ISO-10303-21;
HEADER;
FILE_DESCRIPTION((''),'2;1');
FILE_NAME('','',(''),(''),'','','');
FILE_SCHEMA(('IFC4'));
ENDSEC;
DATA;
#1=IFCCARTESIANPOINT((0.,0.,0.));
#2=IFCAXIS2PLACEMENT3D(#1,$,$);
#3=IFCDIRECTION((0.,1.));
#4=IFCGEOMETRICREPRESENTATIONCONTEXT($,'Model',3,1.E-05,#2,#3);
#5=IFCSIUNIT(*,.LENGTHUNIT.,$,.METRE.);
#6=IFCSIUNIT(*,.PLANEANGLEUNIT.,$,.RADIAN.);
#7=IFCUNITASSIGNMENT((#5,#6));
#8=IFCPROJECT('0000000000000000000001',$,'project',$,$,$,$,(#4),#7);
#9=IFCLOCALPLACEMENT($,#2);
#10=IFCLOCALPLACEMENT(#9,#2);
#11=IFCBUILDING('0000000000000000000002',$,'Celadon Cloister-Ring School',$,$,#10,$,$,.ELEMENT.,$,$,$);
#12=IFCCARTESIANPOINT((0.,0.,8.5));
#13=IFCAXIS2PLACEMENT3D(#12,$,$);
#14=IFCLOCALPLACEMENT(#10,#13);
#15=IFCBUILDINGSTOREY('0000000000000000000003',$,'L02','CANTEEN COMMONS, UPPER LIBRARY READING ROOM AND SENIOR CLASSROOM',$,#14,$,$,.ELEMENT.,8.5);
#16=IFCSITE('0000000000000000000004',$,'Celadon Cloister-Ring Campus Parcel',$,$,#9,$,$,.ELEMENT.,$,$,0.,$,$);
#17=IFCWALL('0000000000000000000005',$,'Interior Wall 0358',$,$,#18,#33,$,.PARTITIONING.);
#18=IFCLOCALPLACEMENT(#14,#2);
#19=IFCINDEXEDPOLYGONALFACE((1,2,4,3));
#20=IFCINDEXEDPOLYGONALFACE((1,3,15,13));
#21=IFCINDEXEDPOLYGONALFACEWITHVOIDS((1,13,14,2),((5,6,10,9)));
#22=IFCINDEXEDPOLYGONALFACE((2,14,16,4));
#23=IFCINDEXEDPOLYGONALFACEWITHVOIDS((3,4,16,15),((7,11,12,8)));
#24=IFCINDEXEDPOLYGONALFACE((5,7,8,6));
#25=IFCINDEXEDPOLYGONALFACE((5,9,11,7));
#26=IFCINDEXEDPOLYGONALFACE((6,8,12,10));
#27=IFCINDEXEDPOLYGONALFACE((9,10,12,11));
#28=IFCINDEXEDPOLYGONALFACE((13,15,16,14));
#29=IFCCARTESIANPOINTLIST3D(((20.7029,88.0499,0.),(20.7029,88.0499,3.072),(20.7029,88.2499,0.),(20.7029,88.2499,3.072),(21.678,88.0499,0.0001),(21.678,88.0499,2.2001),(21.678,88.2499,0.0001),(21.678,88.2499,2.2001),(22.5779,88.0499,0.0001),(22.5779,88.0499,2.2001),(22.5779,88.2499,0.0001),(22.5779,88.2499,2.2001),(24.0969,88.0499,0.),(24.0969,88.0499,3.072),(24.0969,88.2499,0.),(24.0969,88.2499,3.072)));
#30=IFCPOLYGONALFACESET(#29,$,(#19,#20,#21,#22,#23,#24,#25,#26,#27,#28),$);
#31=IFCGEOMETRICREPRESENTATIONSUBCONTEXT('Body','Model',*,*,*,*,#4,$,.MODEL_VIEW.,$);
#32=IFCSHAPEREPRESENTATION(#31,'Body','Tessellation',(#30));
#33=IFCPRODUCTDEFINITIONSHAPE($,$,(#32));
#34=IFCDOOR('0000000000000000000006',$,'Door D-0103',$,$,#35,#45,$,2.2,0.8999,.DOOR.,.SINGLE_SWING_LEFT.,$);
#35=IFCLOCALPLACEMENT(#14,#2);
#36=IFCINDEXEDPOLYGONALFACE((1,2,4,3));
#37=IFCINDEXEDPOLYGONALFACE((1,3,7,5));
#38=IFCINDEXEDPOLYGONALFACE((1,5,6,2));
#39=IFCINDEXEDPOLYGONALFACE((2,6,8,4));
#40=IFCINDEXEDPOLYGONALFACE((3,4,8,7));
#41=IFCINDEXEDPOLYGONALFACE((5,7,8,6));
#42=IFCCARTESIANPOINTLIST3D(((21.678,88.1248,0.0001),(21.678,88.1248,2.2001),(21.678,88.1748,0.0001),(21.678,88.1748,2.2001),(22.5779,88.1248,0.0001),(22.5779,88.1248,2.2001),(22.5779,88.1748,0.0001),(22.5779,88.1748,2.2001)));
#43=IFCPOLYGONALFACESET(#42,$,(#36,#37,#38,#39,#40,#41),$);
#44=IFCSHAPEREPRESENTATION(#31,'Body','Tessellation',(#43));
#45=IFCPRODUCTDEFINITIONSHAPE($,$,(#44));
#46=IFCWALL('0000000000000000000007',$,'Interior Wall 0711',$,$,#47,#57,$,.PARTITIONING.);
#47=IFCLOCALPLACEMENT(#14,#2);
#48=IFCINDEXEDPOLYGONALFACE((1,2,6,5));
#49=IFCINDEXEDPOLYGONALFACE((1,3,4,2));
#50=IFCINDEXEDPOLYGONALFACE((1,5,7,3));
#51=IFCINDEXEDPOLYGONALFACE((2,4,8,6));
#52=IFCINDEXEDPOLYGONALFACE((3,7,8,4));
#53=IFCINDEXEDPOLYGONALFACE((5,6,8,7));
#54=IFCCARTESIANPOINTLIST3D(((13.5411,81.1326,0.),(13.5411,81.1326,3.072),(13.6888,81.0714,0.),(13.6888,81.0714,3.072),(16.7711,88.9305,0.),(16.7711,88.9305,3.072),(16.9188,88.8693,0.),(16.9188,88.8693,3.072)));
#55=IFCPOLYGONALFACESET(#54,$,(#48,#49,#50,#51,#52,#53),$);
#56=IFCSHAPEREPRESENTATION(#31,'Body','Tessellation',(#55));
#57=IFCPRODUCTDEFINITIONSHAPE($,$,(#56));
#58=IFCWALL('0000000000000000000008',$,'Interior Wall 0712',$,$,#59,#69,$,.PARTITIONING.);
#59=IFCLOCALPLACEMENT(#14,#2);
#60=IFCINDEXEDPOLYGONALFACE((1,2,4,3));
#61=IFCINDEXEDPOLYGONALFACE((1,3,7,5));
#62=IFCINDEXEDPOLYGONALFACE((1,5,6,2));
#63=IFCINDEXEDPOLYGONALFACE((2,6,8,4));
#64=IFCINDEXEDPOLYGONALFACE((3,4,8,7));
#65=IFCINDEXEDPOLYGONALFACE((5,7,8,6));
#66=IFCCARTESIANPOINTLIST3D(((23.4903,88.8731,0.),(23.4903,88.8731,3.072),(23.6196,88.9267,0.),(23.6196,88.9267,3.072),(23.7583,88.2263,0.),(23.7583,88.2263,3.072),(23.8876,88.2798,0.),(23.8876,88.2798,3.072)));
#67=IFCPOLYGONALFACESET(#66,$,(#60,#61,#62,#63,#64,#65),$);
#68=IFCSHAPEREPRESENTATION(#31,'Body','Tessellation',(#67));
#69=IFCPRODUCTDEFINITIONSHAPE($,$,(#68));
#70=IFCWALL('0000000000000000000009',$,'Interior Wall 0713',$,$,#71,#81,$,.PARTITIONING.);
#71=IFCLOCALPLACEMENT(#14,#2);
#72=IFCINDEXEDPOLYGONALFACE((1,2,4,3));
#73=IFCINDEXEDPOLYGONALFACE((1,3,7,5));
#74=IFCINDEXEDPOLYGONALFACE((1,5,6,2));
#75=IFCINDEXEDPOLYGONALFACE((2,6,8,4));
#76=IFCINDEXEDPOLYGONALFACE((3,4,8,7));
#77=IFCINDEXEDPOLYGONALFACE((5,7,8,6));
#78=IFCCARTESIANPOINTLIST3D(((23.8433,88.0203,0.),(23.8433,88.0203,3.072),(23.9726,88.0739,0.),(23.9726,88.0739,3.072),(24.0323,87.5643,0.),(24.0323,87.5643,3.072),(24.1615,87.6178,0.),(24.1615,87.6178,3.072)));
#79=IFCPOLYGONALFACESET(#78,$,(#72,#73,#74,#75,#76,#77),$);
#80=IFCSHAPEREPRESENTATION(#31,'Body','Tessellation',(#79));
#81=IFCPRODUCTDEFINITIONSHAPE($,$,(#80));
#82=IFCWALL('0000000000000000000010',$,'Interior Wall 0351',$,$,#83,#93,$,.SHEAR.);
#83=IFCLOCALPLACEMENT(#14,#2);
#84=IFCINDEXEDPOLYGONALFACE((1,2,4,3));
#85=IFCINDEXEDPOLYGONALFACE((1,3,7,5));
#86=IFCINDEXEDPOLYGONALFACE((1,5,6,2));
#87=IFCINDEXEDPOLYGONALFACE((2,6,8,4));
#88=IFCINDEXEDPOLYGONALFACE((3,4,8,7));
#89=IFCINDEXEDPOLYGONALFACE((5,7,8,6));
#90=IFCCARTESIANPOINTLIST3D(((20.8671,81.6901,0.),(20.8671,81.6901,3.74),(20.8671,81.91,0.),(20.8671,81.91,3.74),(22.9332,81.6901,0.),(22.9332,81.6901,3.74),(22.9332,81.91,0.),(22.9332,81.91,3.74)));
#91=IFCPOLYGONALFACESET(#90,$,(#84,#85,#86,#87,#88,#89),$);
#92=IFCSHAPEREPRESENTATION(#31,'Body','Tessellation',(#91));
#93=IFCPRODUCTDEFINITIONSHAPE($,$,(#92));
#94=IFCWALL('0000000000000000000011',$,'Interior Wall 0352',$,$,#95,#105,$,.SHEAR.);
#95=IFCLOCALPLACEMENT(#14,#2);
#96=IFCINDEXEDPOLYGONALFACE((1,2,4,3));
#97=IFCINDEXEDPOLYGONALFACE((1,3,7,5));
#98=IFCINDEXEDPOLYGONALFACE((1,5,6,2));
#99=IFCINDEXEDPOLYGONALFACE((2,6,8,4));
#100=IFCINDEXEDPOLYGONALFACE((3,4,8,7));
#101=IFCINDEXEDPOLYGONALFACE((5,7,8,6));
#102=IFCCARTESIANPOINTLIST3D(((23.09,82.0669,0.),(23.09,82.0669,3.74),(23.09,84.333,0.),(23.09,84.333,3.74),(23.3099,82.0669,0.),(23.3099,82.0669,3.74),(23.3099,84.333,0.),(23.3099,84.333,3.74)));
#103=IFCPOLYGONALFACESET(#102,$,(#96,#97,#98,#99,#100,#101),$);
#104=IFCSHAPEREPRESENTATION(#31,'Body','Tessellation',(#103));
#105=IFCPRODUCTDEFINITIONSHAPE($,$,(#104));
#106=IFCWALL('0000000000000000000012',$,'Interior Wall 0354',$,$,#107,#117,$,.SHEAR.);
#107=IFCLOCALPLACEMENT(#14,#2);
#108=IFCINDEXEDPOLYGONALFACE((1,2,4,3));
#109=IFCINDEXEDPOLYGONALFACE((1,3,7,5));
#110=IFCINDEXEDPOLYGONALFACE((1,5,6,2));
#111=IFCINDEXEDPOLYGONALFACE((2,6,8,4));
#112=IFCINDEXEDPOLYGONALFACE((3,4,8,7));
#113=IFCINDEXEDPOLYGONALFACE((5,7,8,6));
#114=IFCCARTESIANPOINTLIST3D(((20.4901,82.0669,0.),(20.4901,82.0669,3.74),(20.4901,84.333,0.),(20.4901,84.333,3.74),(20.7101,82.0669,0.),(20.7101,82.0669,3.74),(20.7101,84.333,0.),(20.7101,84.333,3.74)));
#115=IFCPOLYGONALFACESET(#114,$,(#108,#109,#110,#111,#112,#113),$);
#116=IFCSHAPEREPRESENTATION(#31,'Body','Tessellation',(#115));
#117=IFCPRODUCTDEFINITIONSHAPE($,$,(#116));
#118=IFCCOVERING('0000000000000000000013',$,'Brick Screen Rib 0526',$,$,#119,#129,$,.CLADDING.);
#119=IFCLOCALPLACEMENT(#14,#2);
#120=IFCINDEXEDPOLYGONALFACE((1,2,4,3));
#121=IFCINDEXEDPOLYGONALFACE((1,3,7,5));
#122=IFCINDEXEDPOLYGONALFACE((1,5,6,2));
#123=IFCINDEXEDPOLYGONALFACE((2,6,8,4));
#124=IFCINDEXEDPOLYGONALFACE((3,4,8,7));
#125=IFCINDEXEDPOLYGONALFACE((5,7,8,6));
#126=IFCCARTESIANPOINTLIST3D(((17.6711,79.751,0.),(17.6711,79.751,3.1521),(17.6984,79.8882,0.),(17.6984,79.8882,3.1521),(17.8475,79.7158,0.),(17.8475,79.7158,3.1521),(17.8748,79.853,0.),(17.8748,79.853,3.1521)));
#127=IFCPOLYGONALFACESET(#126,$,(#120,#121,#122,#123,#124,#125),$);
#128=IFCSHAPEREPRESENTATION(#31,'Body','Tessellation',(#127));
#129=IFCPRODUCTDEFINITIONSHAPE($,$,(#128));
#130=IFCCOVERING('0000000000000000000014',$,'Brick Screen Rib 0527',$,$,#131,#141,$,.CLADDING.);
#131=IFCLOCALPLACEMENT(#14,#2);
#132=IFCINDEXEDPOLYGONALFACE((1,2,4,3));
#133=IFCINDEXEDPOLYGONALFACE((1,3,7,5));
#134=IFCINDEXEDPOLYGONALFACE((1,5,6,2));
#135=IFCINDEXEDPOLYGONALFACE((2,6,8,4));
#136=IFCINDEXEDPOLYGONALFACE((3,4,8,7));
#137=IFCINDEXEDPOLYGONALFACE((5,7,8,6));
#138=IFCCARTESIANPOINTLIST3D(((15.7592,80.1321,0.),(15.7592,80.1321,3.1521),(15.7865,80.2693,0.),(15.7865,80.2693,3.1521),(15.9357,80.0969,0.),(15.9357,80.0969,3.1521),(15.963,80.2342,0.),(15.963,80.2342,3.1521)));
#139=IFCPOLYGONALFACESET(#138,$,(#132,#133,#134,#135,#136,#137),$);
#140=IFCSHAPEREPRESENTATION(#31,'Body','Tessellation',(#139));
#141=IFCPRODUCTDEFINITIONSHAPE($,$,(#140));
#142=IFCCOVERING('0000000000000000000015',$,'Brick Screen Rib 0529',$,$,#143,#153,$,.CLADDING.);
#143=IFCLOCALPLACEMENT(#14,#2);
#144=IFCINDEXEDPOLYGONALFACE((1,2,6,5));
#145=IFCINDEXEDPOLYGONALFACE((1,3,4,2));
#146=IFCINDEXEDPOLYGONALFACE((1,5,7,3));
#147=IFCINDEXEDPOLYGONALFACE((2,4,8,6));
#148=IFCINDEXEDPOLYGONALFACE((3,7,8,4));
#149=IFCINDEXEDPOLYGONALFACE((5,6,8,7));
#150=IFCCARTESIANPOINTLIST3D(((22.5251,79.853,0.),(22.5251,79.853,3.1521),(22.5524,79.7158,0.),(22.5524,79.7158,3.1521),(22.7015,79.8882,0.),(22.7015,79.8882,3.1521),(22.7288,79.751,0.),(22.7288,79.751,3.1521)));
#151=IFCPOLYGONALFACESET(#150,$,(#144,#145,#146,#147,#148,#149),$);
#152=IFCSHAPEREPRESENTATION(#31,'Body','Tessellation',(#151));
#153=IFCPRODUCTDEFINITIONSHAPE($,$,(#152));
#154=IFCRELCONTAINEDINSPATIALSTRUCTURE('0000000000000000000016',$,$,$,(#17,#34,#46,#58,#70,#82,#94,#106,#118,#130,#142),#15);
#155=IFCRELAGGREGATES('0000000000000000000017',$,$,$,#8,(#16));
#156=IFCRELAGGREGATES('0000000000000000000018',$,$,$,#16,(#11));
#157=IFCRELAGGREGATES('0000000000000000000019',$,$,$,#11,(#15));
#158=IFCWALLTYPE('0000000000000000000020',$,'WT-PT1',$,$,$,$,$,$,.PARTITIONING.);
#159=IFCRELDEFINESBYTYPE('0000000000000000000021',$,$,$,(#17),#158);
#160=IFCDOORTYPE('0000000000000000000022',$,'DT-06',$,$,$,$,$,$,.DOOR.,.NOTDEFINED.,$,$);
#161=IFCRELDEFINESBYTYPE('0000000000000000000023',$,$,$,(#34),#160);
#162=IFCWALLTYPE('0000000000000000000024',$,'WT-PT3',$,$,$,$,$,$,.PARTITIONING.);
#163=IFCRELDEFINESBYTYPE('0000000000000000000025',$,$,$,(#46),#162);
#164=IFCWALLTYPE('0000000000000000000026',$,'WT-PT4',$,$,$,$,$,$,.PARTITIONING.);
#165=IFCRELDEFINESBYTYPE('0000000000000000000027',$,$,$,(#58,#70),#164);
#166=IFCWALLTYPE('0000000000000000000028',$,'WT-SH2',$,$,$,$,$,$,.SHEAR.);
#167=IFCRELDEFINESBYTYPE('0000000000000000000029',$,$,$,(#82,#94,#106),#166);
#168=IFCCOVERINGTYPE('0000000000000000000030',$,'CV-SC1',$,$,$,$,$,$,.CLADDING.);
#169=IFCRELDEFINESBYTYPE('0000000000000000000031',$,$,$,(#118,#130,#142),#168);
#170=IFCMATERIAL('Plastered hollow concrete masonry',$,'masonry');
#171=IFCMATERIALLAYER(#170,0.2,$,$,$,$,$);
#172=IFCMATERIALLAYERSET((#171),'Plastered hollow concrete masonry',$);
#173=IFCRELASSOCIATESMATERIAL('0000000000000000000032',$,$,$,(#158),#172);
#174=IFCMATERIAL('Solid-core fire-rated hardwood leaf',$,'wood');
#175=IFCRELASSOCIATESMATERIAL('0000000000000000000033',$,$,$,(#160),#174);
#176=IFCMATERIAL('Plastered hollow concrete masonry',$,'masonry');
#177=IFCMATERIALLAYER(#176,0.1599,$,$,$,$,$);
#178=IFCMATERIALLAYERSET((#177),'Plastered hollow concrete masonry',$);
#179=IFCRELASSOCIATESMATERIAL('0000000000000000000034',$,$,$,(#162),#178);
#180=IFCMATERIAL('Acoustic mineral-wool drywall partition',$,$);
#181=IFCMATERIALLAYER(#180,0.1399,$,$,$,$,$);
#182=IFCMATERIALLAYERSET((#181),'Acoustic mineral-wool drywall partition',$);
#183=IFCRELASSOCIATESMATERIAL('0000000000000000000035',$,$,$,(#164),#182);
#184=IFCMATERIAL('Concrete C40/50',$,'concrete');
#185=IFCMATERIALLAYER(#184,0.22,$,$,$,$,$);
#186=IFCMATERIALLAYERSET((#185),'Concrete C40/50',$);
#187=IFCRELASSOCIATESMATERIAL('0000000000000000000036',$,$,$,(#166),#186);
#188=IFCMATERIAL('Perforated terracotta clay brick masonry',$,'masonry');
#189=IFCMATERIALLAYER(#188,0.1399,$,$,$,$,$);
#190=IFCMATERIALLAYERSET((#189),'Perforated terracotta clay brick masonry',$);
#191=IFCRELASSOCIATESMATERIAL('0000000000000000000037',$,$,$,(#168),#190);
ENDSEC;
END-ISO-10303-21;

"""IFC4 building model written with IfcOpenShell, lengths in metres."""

from ifc_helpers import new_model, si_unit, direction, frame, frame_2d, origin, origin_2d, place, context, subcontext, project, spatial, rectangle, extrude, material, layer, layer_set, type_object, element, fill, save


model = new_model("IFC4")

# Units and contexts
model_context = context("Model", 3, precision=1e-05, world=origin(), true_north=direction((0.0, 1.0)))
body_context = subcontext(model_context, "Body", "Model", "MODEL_VIEW")
ifc_project = project(units=[si_unit("LENGTHUNIT", "METRE"), si_unit("PLANEANGLEUNIT", "RADIAN")], contexts=[model_context])

# Site, building, storey
site_placement = place(None, origin())
site = spatial("IfcSite", under=ifc_project, at=site_placement, Name="Celadon Cloister-Ring Campus Parcel", CompositionType="ELEMENT", RefElevation=0.0)
building_placement = place(site_placement, origin())
building = spatial("IfcBuilding", under=site, at=building_placement, Name="Celadon Cloister-Ring School", CompositionType="ELEMENT")
storey_placement = place(building_placement, frame((0.0, 0.0, 8.5)))
storey = spatial("IfcBuildingStorey", under=building, at=storey_placement, Name="L02", Description="CANTEEN COMMONS, UPPER LIBRARY READING ROOM AND SENIOR CLASSROOM", CompositionType="ELEMENT", Elevation=8.5)

# Shared definitions
ifc_material_1 = material(Name="Plastered hollow concrete masonry", Category="masonry")
ifc_layer_1 = layer(ifc_material_1, 0.2)
ifc_layer_set_1 = layer_set([ifc_layer_1], Name="Plastered hollow concrete masonry")
wall_type_1 = type_object("IfcWallType", Name="WT-PT1", PredefinedType="PARTITIONING", material=ifc_layer_set_1)

# Wall, opening, door
wall_1_placement = place(storey_placement, frame((20.7029, 88.1499, 0.0), z_axis=(0.0, 0.0, 1.0), x_axis=(1.0, 0.0, 0.0)))
wall_1 = element("IfcWall", 1, at=wall_1_placement, inside=storey, type_object=wall_type_1, Name="Interior Wall 0358", PredefinedType="PARTITIONING", context=body_context, shape_type="SweptSolid", body=[
    extrude(rectangle(XDim=3.394, YDim=0.2, at=frame_2d((1.697, 0.0))), origin(), (0.0, 0.0, 1.0), 3.072),
])
opening_1_placement = place(wall_1_placement, frame((0.9751, 0.0, 0.0)))
opening_1 = element("IfcOpeningElement", 2, at=opening_1_placement, cuts=wall_1, PredefinedType="OPENING", context=body_context, shape_type="SweptSolid", body=[
    extrude(rectangle(XDim=0.8999, YDim=2.2, at=frame_2d((0.45, 1.1001))), frame((0.0, 0.1099, 0.0), z_axis=(0.0, -1.0, 0.0), x_axis=(1.0, 0.0, 0.0)), (0.0, 0.0, 1.0), 0.22),
])
ifc_material_2 = material(Name="Solid-core fire-rated hardwood leaf", Category="wood")
door_type_1 = type_object("IfcDoorType", Name="DT-06", OperationType="NOTDEFINED", PredefinedType="DOOR", material=ifc_material_2)
door_1_placement = place(opening_1_placement, origin())
door_1 = element("IfcDoor", 3, at=door_1_placement, inside=storey, type_object=door_type_1, Name="Door D-0103", OperationType="SINGLE_SWING_LEFT", OverallHeight=2.2, OverallWidth=0.8999, PredefinedType="DOOR", context=body_context, shape_type="SweptSolid", body=[
    extrude(rectangle(XDim=0.8999, YDim=2.2, at=frame_2d((0.45, 1.1001))), frame((0.0, 0.0249, 0.0), z_axis=(0.0, -1.0, 0.0), x_axis=(1.0, 0.0, 0.0)), (0.0, 0.0, 1.0), 0.05),
])
fill(opening_1, door_1)

# Walls
ifc_material_3 = material(Name="Plastered hollow concrete masonry", Category="masonry")
ifc_layer_2 = layer(ifc_material_3, 0.1599)
ifc_layer_set_2 = layer_set([ifc_layer_2], Name="Plastered hollow concrete masonry")
wall_type_2 = type_object("IfcWallType", Name="WT-PT3", PredefinedType="PARTITIONING", material=ifc_layer_set_2)
wall_2_placement = place(storey_placement, frame((16.845, 88.8999, 0.0), z_axis=(0.0, 0.0, 1.0), x_axis=(-0.382684, -0.923879, 0.0)))
element("IfcWall", 4, at=wall_2_placement, inside=storey, type_object=wall_type_2, Name="Interior Wall 0711", PredefinedType="PARTITIONING", context=body_context, shape_type="SweptSolid", body=[
    extrude(rectangle(XDim=8.4404, YDim=0.1599, at=frame_2d((4.2202, 0.0))), origin(), (0.0, 0.0, 1.0), 3.072),
])
ifc_material_4 = material(Name="Acoustic mineral-wool drywall partition")
ifc_layer_3 = layer(ifc_material_4, 0.1399)
ifc_layer_set_3 = layer_set([ifc_layer_3], Name="Acoustic mineral-wool drywall partition")
wall_type_3 = type_object("IfcWallType", Name="WT-PT4", PredefinedType="PARTITIONING", material=ifc_layer_set_3)
wall_3_placement = place(storey_placement, frame((23.5549, 88.8999, 0.0), z_axis=(0.0, 0.0, 1.0), x_axis=(0.382783, -0.923838, 0.0)))
element("IfcWall", 5, at=wall_3_placement, inside=storey, type_object=wall_type_3, Name="Interior Wall 0712", PredefinedType="PARTITIONING", context=body_context, shape_type="SweptSolid", body=[
    extrude(rectangle(XDim=0.7002, YDim=0.1399, at=frame_2d((0.3501, 0.0))), origin(), (0.0, 0.0, 1.0), 3.072),
])
wall_4_placement = place(storey_placement, frame((23.908, 88.0471, 0.0), z_axis=(0.0, 0.0, 1.0), x_axis=(0.382789, -0.923836, 0.0)))
element("IfcWall", 6, at=wall_4_placement, inside=storey, type_object=wall_type_3, Name="Interior Wall 0713", PredefinedType="PARTITIONING", context=body_context, shape_type="SweptSolid", body=[
    extrude(rectangle(XDim=0.4937, YDim=0.1399, at=frame_2d((0.2468, 0.0))), origin(), (0.0, 0.0, 1.0), 3.072),
])
ifc_material_5 = material(Name="Concrete C40/50", Category="concrete")
ifc_layer_4 = layer(ifc_material_5, 0.22)
ifc_layer_set_4 = layer_set([ifc_layer_4], Name="Concrete C40/50")
wall_type_4 = type_object("IfcWallType", Name="WT-SH2", PredefinedType="SHEAR", material=ifc_layer_set_4)
wall_5_placement = place(storey_placement, frame((20.8669, 81.8, 0.0), z_axis=(0.0, 0.0, 1.0), x_axis=(1.0, 0.0, 0.0)))
element("IfcWall", 7, at=wall_5_placement, inside=storey, type_object=wall_type_4, Name="Interior Wall 0351", PredefinedType="SHEAR", context=body_context, shape_type="SweptSolid", body=[
    extrude(rectangle(XDim=2.0662, YDim=0.22, at=frame_2d((1.0332, 0.0))), origin(), (0.0, 0.0, 1.0), 3.74),
])
wall_6_placement = place(storey_placement, frame((23.2, 82.0669, 0.0), z_axis=(0.0, 0.0, 1.0), x_axis=(0.0, 1.0, 0.0)))
element("IfcWall", 8, at=wall_6_placement, inside=storey, type_object=wall_type_4, Name="Interior Wall 0352", PredefinedType="SHEAR", context=body_context, shape_type="SweptSolid", body=[
    extrude(rectangle(XDim=2.2661, YDim=0.22, at=frame_2d((1.1331, 0.0))), origin(), (0.0, 0.0, 1.0), 3.74),
])

# Wall
wall_7_placement = place(storey_placement, frame((20.6001, 84.333, 0.0), z_axis=(0.0, 0.0, 1.0), x_axis=(0.0, -1.0, 0.0)))
element("IfcWall", 9, at=wall_7_placement, inside=storey, type_object=wall_type_4, Name="Interior Wall 0354", PredefinedType="SHEAR", context=body_context, shape_type="SweptSolid", body=[
    extrude(rectangle(XDim=2.2661, YDim=0.22, at=frame_2d((1.1331, 0.0))), origin(), (0.0, 0.0, 1.0), 3.74),
])

# Coverings
ifc_material_6 = material(Name="Perforated terracotta clay brick masonry", Category="masonry")
ifc_layer_5 = layer(ifc_material_6, 0.1399)
ifc_layer_set_5 = layer_set([ifc_layer_5], Name="Perforated terracotta clay brick masonry")
covering_type = type_object("IfcCoveringType", Name="CV-SC1", PredefinedType="CLADDING", material=ifc_layer_set_5)
for number, where, z_axis, x_axis, name in (
    (10, (17.7729, 79.802, 0.0), (0.0, 0.0, 1.0), (-0.980775, 0.195142, 0.0), "Brick Screen Rib 0526"),
    (11, (15.8611, 80.1831, 0.0), (0.0, 0.0, 1.0), (-0.980775, 0.195142, 0.0), "Brick Screen Rib 0527"),
    (12, (22.627, 79.802, 0.0), (0.0, 0.0, 1.0), (-0.980775, -0.195142, 0.0), "Brick Screen Rib 0529"),
):
    element("IfcCovering", number, at=place(storey_placement, frame(where, z_axis=z_axis, x_axis=x_axis)), inside=storey, type_object=covering_type, Name=name, PredefinedType="CLADDING", context=body_context, shape_type="SweptSolid", body=[
        extrude(rectangle(XDim=0.1799, YDim=0.1399, at=origin_2d()), origin(), (0.0, 0.0, 1.0), 3.1521),
    ])

save(model, "model.ifc")
